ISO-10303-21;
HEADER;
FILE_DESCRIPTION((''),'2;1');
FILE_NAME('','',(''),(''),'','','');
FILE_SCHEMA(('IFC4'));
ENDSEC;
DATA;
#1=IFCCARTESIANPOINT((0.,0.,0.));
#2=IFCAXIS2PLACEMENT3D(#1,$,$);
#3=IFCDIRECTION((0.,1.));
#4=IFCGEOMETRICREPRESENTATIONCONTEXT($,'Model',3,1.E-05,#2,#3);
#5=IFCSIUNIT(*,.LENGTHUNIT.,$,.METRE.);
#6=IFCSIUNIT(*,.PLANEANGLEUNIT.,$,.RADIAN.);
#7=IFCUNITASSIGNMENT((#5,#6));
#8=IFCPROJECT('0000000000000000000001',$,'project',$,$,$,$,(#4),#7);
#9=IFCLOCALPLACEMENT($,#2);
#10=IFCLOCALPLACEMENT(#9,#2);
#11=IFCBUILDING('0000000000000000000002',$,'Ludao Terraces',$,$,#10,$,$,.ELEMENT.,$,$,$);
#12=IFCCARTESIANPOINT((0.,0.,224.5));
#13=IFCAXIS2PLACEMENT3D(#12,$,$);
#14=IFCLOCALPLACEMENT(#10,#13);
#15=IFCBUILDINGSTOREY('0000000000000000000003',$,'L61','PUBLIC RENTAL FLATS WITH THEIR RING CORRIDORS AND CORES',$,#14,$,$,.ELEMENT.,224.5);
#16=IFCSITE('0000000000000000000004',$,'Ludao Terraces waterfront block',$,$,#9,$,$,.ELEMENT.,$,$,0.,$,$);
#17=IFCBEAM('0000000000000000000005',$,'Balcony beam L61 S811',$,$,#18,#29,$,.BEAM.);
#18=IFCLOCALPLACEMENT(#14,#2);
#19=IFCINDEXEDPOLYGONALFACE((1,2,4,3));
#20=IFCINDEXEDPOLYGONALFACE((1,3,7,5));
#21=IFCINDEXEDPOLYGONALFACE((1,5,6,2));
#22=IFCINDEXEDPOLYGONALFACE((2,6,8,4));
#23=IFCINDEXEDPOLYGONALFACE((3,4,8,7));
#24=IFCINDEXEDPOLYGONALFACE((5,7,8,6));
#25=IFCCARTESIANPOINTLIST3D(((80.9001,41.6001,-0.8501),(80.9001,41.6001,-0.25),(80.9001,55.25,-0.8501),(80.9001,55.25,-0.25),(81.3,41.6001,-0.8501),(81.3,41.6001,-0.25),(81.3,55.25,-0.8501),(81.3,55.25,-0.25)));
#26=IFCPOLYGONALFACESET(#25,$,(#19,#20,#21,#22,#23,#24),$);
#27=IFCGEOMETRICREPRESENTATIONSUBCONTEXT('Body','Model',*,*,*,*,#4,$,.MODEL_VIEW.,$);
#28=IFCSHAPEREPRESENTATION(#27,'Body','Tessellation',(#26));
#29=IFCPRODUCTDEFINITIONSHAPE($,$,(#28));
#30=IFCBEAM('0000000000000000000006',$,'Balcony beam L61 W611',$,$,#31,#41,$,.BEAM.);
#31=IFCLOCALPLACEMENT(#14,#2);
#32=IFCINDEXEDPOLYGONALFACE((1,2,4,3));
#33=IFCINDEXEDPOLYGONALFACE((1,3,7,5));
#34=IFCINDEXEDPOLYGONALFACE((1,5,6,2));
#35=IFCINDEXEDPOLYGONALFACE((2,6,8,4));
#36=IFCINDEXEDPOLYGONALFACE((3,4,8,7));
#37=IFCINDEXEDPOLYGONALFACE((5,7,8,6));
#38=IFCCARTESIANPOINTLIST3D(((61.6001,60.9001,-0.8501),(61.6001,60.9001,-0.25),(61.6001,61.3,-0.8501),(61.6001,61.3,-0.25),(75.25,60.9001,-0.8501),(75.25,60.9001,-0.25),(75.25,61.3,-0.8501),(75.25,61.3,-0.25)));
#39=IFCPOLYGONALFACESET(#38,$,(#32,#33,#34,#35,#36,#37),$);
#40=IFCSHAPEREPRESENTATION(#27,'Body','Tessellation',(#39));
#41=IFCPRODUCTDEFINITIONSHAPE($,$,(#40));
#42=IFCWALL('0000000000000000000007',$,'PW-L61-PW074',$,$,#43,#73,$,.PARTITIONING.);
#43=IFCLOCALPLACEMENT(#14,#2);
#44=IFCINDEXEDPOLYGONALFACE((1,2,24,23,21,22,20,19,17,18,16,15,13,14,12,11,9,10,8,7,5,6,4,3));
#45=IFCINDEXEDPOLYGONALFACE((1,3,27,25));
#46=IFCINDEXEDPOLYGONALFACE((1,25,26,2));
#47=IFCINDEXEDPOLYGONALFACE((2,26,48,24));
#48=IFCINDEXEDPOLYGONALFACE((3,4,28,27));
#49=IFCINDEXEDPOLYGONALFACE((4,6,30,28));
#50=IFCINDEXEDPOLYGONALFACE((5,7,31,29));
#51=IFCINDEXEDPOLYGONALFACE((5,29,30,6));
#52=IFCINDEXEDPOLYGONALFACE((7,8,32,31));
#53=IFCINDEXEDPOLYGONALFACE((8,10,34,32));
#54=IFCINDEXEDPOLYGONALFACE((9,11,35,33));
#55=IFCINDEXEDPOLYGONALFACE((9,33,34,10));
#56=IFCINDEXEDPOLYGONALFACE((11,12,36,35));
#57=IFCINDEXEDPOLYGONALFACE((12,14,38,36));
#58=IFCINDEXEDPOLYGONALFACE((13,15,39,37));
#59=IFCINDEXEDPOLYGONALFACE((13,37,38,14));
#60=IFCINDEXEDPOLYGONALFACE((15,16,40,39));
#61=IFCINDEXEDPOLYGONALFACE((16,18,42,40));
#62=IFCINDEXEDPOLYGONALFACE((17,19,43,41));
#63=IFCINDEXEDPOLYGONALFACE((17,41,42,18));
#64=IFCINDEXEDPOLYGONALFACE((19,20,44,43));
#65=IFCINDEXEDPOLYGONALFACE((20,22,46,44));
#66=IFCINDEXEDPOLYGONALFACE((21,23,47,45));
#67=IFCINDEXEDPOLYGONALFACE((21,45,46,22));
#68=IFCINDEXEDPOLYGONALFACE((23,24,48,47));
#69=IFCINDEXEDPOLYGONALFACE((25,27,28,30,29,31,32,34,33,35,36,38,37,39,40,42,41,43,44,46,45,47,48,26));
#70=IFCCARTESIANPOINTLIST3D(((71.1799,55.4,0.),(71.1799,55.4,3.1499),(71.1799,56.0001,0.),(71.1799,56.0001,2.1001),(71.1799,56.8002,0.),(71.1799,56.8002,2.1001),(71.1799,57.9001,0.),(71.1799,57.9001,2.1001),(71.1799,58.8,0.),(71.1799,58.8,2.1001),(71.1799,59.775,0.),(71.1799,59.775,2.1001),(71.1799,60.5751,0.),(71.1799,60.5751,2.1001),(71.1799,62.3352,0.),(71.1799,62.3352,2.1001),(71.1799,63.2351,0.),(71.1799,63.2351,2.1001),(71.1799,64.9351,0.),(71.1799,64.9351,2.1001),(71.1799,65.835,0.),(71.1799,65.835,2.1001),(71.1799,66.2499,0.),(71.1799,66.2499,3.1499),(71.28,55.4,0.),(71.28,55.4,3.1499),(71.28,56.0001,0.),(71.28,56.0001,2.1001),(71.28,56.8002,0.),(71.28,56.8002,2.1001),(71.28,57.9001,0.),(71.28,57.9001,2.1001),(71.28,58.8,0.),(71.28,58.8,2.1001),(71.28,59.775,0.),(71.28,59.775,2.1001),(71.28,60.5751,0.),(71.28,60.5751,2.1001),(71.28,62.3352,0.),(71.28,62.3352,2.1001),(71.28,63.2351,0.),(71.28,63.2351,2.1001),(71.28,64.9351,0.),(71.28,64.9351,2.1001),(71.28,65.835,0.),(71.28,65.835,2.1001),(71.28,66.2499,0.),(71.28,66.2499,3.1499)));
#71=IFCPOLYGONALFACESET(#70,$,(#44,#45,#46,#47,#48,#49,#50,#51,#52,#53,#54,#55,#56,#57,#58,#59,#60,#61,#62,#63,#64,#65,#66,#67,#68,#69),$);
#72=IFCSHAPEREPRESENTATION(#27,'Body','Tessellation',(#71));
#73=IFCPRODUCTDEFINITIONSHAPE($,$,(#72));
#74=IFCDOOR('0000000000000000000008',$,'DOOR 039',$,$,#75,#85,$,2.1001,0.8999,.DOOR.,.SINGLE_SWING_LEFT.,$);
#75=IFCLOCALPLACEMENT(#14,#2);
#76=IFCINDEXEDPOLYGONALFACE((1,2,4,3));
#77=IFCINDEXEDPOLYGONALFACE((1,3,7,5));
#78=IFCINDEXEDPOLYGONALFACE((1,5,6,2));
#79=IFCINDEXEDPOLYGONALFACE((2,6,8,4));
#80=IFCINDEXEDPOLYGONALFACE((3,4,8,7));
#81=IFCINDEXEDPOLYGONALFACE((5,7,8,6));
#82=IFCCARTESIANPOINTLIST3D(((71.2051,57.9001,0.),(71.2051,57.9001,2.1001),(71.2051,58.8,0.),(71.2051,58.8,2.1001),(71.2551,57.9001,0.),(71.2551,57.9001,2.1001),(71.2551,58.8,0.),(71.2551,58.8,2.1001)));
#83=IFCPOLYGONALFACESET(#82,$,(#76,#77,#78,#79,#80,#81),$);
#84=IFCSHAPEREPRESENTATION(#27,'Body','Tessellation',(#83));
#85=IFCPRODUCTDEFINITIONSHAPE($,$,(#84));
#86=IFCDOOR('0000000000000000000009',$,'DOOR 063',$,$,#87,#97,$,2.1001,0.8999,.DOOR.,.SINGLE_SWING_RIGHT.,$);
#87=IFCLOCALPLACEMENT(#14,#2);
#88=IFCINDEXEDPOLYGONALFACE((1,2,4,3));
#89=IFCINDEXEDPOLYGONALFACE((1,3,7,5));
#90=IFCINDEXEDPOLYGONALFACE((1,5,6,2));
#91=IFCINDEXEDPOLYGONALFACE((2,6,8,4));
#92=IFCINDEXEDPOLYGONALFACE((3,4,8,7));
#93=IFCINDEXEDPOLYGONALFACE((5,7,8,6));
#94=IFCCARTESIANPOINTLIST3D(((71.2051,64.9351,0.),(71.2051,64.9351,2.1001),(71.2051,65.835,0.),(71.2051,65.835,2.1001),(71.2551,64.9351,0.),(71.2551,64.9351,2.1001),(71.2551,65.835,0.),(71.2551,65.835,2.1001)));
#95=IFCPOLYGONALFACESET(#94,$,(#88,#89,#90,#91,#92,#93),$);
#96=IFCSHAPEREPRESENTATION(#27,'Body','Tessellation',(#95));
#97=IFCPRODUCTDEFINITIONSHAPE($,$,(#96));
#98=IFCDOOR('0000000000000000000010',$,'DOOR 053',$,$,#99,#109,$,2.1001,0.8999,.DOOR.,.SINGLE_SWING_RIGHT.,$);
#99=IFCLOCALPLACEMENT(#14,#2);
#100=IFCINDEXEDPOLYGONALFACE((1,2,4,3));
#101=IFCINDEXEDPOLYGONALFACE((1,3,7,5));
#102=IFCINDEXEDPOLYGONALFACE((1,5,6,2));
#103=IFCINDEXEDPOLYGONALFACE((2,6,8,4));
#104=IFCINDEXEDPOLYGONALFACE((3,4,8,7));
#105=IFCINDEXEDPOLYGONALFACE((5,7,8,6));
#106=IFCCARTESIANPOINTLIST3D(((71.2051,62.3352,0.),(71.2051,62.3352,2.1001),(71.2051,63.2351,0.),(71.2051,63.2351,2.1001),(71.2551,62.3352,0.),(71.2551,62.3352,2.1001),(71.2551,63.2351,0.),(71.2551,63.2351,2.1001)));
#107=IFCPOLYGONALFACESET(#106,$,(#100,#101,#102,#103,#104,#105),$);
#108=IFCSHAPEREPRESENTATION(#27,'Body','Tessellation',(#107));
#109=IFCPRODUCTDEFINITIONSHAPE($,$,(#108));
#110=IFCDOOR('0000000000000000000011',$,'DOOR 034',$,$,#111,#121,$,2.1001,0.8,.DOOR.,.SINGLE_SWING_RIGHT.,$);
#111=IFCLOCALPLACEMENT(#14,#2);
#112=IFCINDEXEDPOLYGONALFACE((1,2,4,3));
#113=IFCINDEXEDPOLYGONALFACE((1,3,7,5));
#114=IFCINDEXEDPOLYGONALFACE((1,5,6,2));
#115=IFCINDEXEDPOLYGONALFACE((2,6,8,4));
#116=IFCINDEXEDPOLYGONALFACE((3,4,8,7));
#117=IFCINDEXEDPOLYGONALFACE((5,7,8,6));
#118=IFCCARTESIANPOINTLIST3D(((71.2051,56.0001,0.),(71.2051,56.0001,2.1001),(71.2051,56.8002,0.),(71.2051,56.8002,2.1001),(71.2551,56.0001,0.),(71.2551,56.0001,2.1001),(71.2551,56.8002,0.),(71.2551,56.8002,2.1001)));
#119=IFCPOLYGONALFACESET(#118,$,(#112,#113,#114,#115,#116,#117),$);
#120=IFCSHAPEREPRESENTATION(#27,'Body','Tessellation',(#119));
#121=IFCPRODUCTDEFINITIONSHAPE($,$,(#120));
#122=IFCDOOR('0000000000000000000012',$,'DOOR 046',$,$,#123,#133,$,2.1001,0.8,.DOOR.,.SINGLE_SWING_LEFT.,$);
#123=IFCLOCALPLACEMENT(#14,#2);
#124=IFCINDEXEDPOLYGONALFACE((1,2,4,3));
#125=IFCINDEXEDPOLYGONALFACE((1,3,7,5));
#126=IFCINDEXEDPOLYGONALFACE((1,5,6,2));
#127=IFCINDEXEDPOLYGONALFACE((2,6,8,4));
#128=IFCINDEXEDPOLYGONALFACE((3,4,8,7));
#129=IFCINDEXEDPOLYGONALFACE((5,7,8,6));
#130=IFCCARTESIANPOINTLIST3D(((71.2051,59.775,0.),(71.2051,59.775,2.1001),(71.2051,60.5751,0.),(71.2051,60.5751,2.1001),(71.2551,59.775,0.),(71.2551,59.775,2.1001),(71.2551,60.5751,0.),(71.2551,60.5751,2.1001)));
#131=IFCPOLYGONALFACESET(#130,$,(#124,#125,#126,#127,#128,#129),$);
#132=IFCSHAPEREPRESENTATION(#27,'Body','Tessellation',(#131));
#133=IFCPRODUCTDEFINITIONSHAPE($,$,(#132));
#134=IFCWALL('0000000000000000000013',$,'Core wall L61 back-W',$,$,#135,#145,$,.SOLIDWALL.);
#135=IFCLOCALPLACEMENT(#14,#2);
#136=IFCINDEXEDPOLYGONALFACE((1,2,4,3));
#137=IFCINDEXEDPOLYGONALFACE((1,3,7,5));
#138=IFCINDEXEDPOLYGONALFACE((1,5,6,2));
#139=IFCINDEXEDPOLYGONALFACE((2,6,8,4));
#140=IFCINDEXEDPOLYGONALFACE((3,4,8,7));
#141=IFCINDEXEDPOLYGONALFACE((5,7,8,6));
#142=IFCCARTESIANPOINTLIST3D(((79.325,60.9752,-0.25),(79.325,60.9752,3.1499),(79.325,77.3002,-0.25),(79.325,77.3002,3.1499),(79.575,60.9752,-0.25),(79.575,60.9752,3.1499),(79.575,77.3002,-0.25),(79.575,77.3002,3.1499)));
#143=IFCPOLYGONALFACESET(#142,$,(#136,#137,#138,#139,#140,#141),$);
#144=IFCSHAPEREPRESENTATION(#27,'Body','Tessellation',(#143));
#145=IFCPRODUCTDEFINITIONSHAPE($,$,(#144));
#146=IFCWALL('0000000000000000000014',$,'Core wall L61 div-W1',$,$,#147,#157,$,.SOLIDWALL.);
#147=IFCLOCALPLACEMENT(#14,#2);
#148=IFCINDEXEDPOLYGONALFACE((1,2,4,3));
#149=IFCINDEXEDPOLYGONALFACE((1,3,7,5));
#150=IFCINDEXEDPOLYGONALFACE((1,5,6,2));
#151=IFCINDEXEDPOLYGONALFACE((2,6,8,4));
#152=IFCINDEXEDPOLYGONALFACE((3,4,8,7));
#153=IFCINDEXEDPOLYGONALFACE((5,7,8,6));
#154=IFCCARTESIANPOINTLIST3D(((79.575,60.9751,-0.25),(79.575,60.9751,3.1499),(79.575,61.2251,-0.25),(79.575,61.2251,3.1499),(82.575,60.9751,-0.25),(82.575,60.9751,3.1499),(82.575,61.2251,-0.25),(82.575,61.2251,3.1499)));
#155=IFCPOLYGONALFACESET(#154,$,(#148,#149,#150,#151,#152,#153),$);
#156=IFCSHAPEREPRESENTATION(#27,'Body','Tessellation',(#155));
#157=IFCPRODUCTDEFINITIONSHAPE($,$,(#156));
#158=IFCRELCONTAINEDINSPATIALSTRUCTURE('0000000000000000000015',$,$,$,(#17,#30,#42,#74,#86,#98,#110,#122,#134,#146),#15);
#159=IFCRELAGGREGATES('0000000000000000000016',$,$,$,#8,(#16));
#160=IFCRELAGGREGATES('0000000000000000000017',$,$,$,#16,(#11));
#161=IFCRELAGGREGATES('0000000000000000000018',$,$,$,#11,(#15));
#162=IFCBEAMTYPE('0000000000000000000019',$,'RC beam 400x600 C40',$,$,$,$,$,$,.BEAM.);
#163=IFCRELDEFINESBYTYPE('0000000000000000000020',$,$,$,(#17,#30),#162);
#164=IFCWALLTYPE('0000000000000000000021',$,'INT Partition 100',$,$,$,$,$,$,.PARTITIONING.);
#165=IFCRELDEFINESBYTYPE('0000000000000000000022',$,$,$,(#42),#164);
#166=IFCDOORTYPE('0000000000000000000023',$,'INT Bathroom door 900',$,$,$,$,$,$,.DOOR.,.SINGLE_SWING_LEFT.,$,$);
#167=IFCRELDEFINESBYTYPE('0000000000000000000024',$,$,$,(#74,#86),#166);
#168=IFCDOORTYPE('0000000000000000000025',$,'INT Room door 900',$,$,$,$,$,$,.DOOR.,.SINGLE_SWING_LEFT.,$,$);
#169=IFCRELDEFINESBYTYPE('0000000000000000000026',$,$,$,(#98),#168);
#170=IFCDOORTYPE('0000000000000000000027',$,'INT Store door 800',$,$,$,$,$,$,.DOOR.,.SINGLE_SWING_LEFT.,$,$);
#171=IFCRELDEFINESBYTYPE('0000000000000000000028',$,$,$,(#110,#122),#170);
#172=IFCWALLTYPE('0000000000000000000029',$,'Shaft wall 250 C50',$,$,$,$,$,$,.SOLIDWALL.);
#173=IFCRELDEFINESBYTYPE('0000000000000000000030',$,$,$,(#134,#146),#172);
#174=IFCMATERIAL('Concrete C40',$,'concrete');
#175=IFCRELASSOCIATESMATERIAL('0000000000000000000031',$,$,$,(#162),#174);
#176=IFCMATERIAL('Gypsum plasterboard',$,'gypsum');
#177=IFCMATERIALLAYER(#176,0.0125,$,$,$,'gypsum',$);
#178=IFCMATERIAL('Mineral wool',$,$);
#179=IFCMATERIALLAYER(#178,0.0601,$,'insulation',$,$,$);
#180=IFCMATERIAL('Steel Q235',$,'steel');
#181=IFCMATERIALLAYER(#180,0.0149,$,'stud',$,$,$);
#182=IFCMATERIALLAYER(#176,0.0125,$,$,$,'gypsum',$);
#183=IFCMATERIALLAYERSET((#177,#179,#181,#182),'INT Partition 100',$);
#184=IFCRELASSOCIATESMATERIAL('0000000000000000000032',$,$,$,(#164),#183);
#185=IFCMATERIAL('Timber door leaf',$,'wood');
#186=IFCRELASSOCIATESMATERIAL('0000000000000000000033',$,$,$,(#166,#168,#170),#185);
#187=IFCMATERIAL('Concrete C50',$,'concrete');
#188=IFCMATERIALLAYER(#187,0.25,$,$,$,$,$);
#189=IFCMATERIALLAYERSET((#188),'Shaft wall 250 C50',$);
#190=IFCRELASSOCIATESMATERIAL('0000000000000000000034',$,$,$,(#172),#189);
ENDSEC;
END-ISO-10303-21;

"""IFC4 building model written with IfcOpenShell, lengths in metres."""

from ifc_helpers import new_model, si_unit, direction, frame, frame_2d, origin, origin_2d, place, context, subcontext, project, spatial, rectangle, extrude, material, layer, layer_set, material_profile, profile_set, type_object, element, fill, save


model = new_model("IFC4")

# Units and contexts
model_context = context("Model", 3, precision=1e-05, world=origin(), true_north=direction((0.0, 1.0)))
body_context = subcontext(model_context, "Body", "Model", "MODEL_VIEW")
ifc_project = project(units=[si_unit("LENGTHUNIT", "METRE"), si_unit("PLANEANGLEUNIT", "RADIAN")], contexts=[model_context])

# Site, building, storey
site_placement = place(None, origin())
site = spatial("IfcSite", under=ifc_project, at=site_placement, Name="Ludao Terraces waterfront block", CompositionType="ELEMENT", RefElevation=0.0)
building_placement = place(site_placement, origin())
building = spatial("IfcBuilding", under=site, at=building_placement, Name="Ludao Terraces", CompositionType="ELEMENT")
storey_placement = place(building_placement, frame((0.0, 0.0, 224.5)))
storey = spatial("IfcBuildingStorey", under=building, at=storey_placement, Name="L61", Description="PUBLIC RENTAL FLATS WITH THEIR RING CORRIDORS AND CORES", CompositionType="ELEMENT", Elevation=224.5)

# Beams
ifc_material_1 = material(Name="Concrete C40", Category="concrete")
ifc_material_profile = material_profile(ifc_material_1, rectangle(XDim=0.3999, YDim=0.6001, at=origin_2d()), Name="400 X 600")
ifc_profile_set = profile_set([ifc_material_profile], Name="Concrete C40")
beam_type = type_object("IfcBeamType", Name="RC beam 400x600 C40", PredefinedType="BEAM", material=ifc_profile_set)
for number, where, z_axis, x_axis, name in (
    (1, (81.1001, 55.25, -0.55), (0.0, -1.0, 0.0), (1.0, 0.0, 0.0), "Balcony beam L61 S811"),
    (2, (75.25, 61.1001, -0.55), (-1.0, 0.0, 0.0), (0.0, -1.0, 0.0), "Balcony beam L61 W611"),
):
    element("IfcBeam", number, at=place(storey_placement, frame(where, z_axis=z_axis, x_axis=x_axis)), inside=storey, type_object=beam_type, Name=name, PredefinedType="BEAM", context=body_context, shape_type="SweptSolid", body=[
        extrude(rectangle(XDim=0.3999, YDim=0.6001, at=origin_2d()), origin(), (0.0, 0.0, 1.0), 13.6499),
    ])

# Wall, openings, doors
ifc_material_2 = material(Name="Gypsum plasterboard", Category="gypsum")
ifc_layer_1 = layer(ifc_material_2, 0.0125, Category="gypsum")
ifc_material_3 = material(Name="Mineral wool")
ifc_layer_2 = layer(ifc_material_3, 0.0601, Name="insulation")
ifc_material_4 = material(Name="Steel Q235", Category="steel")
ifc_layer_3 = layer(ifc_material_4, 0.0149, Name="stud")
ifc_layer_4 = layer(ifc_material_2, 0.0125, Category="gypsum")
ifc_layer_set_1 = layer_set([ifc_layer_1, ifc_layer_2, ifc_layer_3, ifc_layer_4], Name="INT Partition 100")
wall_type_1 = type_object("IfcWallType", Name="INT Partition 100", PredefinedType="PARTITIONING", material=ifc_layer_set_1)
wall_1_placement = place(storey_placement, frame((71.23, 55.4001, 0.0), z_axis=(0.0, 0.0, 1.0), x_axis=(0.0, 1.0, 0.0)))
wall_1 = element("IfcWall", 3, at=wall_1_placement, inside=storey, type_object=wall_type_1, Name="PW-L61-PW074", PredefinedType="PARTITIONING", context=body_context, shape_type="SweptSolid", body=[
    extrude(rectangle(XDim=10.8499, YDim=0.1001, at=frame_2d((5.4248, 0.0))), origin(), (0.0, 0.0, 1.0), 3.1499),
])
opening_1_placement = place(wall_1_placement, frame((0.6001, 0.0, 0.0)))
opening_1 = element("IfcOpeningElement", 4, at=opening_1_placement, cuts=wall_1, PredefinedType="OPENING", context=body_context, shape_type="SweptSolid", body=[
    extrude(rectangle(XDim=0.8, YDim=2.1001, at=frame_2d((0.3999, 1.05))), frame((0.0, 0.0601, 0.0), z_axis=(0.0, -1.0, 0.0), x_axis=(1.0, 0.0, 0.0)), (0.0, 0.0, 1.0), 0.1201),
])
opening_2_placement = place(wall_1_placement, frame((2.5, 0.0, 0.0)))
opening_2 = element("IfcOpeningElement", 5, at=opening_2_placement, cuts=wall_1, PredefinedType="OPENING", context=body_context, shape_type="SweptSolid", body=[
    extrude(rectangle(XDim=0.8999, YDim=2.1001, at=frame_2d((0.45, 1.05))), frame((0.0, 0.0601, 0.0), z_axis=(0.0, -1.0, 0.0), x_axis=(1.0, 0.0, 0.0)), (0.0, 0.0, 1.0), 0.1201),
])
opening_3_placement = place(wall_1_placement, frame((4.375, 0.0, 0.0)))
opening_3 = element("IfcOpeningElement", 6, at=opening_3_placement, cuts=wall_1, PredefinedType="OPENING", context=body_context, shape_type="SweptSolid", body=[
    extrude(rectangle(XDim=0.8, YDim=2.1001, at=frame_2d((0.3999, 1.05))), frame((0.0, 0.0601, 0.0), z_axis=(0.0, -1.0, 0.0), x_axis=(1.0, 0.0, 0.0)), (0.0, 0.0, 1.0), 0.1201),
])
opening_4_placement = place(wall_1_placement, frame((6.9351, 0.0, 0.0)))
opening_4 = element("IfcOpeningElement", 7, at=opening_4_placement, cuts=wall_1, PredefinedType="OPENING", context=body_context, shape_type="SweptSolid", body=[
    extrude(rectangle(XDim=0.8999, YDim=2.1001, at=frame_2d((0.45, 1.05))), frame((0.0, 0.0601, 0.0), z_axis=(0.0, -1.0, 0.0), x_axis=(1.0, 0.0, 0.0)), (0.0, 0.0, 1.0), 0.1201),
])
opening_5_placement = place(wall_1_placement, frame((9.5349, 0.0, 0.0)))
opening_5 = element("IfcOpeningElement", 8, at=opening_5_placement, cuts=wall_1, PredefinedType="OPENING", context=body_context, shape_type="SweptSolid", body=[
    extrude(rectangle(XDim=0.8999, YDim=2.1001, at=frame_2d((0.45, 1.05))), frame((0.0, 0.0601, 0.0), z_axis=(0.0, -1.0, 0.0), x_axis=(1.0, 0.0, 0.0)), (0.0, 0.0, 1.0), 0.1201),
])
ifc_material_5 = material(Name="Timber door leaf", Category="wood")
door_type_1 = type_object("IfcDoorType", Name="INT Bathroom door 900", OperationType="SINGLE_SWING_LEFT", PredefinedType="DOOR", material=ifc_material_5)
door_1_placement = place(opening_2_placement, origin())
door_1 = element("IfcDoor", 9, at=door_1_placement, inside=storey, type_object=door_type_1, Name="DOOR 039", OperationType="SINGLE_SWING_LEFT", OverallHeight=2.1001, OverallWidth=0.8999, PredefinedType="DOOR", context=body_context, shape_type="SweptSolid", body=[
    extrude(rectangle(XDim=0.8999, YDim=2.1001, at=frame_2d((0.45, 1.05))), frame((0.0, 0.0249, 0.0), z_axis=(0.0, -1.0, 0.0), x_axis=(1.0, 0.0, 0.0)), (0.0, 0.0, 1.0), 0.05),
])
fill(opening_2, door_1)
door_2_placement = place(opening_5_placement, origin())
door_2 = element("IfcDoor", 10, at=door_2_placement, inside=storey, type_object=door_type_1, Name="DOOR 063", OperationType="SINGLE_SWING_RIGHT", OverallHeight=2.1001, OverallWidth=0.8999, PredefinedType="DOOR", context=body_context, shape_type="SweptSolid", body=[
    extrude(rectangle(XDim=0.8999, YDim=2.1001, at=frame_2d((0.45, 1.05))), frame((0.0, 0.0249, 0.0), z_axis=(0.0, -1.0, 0.0), x_axis=(1.0, 0.0, 0.0)), (0.0, 0.0, 1.0), 0.05),
])
fill(opening_5, door_2)
door_type_2 = type_object("IfcDoorType", Name="INT Room door 900", OperationType="SINGLE_SWING_LEFT", PredefinedType="DOOR", material=ifc_material_5)
door_3_placement = place(opening_4_placement, origin())
door_3 = element("IfcDoor", 11, at=door_3_placement, inside=storey, type_object=door_type_2, Name="DOOR 053", OperationType="SINGLE_SWING_RIGHT", OverallHeight=2.1001, OverallWidth=0.8999, PredefinedType="DOOR", context=body_context, shape_type="SweptSolid", body=[
    extrude(rectangle(XDim=0.8999, YDim=2.1001, at=frame_2d((0.45, 1.05))), frame((0.0, 0.0249, 0.0), z_axis=(0.0, -1.0, 0.0), x_axis=(1.0, 0.0, 0.0)), (0.0, 0.0, 1.0), 0.05),
])
fill(opening_4, door_3)
door_type_3 = type_object("IfcDoorType", Name="INT Store door 800", OperationType="SINGLE_SWING_LEFT", PredefinedType="DOOR", material=ifc_material_5)
door_4_placement = place(opening_1_placement, origin())
door_4 = element("IfcDoor", 12, at=door_4_placement, inside=storey, type_object=door_type_3, Name="DOOR 034", OperationType="SINGLE_SWING_RIGHT", OverallHeight=2.1001, OverallWidth=0.8, PredefinedType="DOOR", context=body_context, shape_type="SweptSolid", body=[
    extrude(rectangle(XDim=0.8, YDim=2.1001, at=frame_2d((0.3999, 1.05))), frame((0.0, 0.0249, 0.0), z_axis=(0.0, -1.0, 0.0), x_axis=(1.0, 0.0, 0.0)), (0.0, 0.0, 1.0), 0.05),
])
fill(opening_1, door_4)
door_5_placement = place(opening_3_placement, origin())
door_5 = element("IfcDoor", 13, at=door_5_placement, inside=storey, type_object=door_type_3, Name="DOOR 046", OperationType="SINGLE_SWING_LEFT", OverallHeight=2.1001, OverallWidth=0.8, PredefinedType="DOOR", context=body_context, shape_type="SweptSolid", body=[
    extrude(rectangle(XDim=0.8, YDim=2.1001, at=frame_2d((0.3999, 1.05))), frame((0.0, 0.0249, 0.0), z_axis=(0.0, -1.0, 0.0), x_axis=(1.0, 0.0, 0.0)), (0.0, 0.0, 1.0), 0.05),
])
fill(opening_3, door_5)

# Walls
ifc_material_6 = material(Name="Concrete C50", Category="concrete")
ifc_layer_5 = layer(ifc_material_6, 0.25)
ifc_layer_set_2 = layer_set([ifc_layer_5], Name="Shaft wall 250 C50")
wall_type_2 = type_object("IfcWallType", Name="Shaft wall 250 C50", PredefinedType="SOLIDWALL", material=ifc_layer_set_2)
wall_2_placement = place(storey_placement, frame((79.45, 60.9751, -0.25), z_axis=(0.0, 0.0, 1.0), x_axis=(0.0, 1.0, 0.0)))
element("IfcWall", 14, at=wall_2_placement, inside=storey, type_object=wall_type_2, Name="Core wall L61 back-W", PredefinedType="SOLIDWALL", context=body_context, shape_type="SweptSolid", body=[
    extrude(rectangle(XDim=16.325, YDim=0.25, at=frame_2d((8.1626, 0.0))), origin(), (0.0, 0.0, 1.0), 3.3999),
])
wall_3_placement = place(storey_placement, frame((79.575, 61.1001, -0.25), z_axis=(0.0, 0.0, 1.0), x_axis=(1.0, 0.0, 0.0)))
element("IfcWall", 15, at=wall_3_placement, inside=storey, type_object=wall_type_2, Name="Core wall L61 div-W1", PredefinedType="SOLIDWALL", context=body_context, shape_type="SweptSolid", body=[
    extrude(rectangle(XDim=3.0, YDim=0.25, at=frame_2d((1.5, 0.0))), origin(), (0.0, 0.0, 1.0), 3.3999),
])

save(model, "model.ifc")
